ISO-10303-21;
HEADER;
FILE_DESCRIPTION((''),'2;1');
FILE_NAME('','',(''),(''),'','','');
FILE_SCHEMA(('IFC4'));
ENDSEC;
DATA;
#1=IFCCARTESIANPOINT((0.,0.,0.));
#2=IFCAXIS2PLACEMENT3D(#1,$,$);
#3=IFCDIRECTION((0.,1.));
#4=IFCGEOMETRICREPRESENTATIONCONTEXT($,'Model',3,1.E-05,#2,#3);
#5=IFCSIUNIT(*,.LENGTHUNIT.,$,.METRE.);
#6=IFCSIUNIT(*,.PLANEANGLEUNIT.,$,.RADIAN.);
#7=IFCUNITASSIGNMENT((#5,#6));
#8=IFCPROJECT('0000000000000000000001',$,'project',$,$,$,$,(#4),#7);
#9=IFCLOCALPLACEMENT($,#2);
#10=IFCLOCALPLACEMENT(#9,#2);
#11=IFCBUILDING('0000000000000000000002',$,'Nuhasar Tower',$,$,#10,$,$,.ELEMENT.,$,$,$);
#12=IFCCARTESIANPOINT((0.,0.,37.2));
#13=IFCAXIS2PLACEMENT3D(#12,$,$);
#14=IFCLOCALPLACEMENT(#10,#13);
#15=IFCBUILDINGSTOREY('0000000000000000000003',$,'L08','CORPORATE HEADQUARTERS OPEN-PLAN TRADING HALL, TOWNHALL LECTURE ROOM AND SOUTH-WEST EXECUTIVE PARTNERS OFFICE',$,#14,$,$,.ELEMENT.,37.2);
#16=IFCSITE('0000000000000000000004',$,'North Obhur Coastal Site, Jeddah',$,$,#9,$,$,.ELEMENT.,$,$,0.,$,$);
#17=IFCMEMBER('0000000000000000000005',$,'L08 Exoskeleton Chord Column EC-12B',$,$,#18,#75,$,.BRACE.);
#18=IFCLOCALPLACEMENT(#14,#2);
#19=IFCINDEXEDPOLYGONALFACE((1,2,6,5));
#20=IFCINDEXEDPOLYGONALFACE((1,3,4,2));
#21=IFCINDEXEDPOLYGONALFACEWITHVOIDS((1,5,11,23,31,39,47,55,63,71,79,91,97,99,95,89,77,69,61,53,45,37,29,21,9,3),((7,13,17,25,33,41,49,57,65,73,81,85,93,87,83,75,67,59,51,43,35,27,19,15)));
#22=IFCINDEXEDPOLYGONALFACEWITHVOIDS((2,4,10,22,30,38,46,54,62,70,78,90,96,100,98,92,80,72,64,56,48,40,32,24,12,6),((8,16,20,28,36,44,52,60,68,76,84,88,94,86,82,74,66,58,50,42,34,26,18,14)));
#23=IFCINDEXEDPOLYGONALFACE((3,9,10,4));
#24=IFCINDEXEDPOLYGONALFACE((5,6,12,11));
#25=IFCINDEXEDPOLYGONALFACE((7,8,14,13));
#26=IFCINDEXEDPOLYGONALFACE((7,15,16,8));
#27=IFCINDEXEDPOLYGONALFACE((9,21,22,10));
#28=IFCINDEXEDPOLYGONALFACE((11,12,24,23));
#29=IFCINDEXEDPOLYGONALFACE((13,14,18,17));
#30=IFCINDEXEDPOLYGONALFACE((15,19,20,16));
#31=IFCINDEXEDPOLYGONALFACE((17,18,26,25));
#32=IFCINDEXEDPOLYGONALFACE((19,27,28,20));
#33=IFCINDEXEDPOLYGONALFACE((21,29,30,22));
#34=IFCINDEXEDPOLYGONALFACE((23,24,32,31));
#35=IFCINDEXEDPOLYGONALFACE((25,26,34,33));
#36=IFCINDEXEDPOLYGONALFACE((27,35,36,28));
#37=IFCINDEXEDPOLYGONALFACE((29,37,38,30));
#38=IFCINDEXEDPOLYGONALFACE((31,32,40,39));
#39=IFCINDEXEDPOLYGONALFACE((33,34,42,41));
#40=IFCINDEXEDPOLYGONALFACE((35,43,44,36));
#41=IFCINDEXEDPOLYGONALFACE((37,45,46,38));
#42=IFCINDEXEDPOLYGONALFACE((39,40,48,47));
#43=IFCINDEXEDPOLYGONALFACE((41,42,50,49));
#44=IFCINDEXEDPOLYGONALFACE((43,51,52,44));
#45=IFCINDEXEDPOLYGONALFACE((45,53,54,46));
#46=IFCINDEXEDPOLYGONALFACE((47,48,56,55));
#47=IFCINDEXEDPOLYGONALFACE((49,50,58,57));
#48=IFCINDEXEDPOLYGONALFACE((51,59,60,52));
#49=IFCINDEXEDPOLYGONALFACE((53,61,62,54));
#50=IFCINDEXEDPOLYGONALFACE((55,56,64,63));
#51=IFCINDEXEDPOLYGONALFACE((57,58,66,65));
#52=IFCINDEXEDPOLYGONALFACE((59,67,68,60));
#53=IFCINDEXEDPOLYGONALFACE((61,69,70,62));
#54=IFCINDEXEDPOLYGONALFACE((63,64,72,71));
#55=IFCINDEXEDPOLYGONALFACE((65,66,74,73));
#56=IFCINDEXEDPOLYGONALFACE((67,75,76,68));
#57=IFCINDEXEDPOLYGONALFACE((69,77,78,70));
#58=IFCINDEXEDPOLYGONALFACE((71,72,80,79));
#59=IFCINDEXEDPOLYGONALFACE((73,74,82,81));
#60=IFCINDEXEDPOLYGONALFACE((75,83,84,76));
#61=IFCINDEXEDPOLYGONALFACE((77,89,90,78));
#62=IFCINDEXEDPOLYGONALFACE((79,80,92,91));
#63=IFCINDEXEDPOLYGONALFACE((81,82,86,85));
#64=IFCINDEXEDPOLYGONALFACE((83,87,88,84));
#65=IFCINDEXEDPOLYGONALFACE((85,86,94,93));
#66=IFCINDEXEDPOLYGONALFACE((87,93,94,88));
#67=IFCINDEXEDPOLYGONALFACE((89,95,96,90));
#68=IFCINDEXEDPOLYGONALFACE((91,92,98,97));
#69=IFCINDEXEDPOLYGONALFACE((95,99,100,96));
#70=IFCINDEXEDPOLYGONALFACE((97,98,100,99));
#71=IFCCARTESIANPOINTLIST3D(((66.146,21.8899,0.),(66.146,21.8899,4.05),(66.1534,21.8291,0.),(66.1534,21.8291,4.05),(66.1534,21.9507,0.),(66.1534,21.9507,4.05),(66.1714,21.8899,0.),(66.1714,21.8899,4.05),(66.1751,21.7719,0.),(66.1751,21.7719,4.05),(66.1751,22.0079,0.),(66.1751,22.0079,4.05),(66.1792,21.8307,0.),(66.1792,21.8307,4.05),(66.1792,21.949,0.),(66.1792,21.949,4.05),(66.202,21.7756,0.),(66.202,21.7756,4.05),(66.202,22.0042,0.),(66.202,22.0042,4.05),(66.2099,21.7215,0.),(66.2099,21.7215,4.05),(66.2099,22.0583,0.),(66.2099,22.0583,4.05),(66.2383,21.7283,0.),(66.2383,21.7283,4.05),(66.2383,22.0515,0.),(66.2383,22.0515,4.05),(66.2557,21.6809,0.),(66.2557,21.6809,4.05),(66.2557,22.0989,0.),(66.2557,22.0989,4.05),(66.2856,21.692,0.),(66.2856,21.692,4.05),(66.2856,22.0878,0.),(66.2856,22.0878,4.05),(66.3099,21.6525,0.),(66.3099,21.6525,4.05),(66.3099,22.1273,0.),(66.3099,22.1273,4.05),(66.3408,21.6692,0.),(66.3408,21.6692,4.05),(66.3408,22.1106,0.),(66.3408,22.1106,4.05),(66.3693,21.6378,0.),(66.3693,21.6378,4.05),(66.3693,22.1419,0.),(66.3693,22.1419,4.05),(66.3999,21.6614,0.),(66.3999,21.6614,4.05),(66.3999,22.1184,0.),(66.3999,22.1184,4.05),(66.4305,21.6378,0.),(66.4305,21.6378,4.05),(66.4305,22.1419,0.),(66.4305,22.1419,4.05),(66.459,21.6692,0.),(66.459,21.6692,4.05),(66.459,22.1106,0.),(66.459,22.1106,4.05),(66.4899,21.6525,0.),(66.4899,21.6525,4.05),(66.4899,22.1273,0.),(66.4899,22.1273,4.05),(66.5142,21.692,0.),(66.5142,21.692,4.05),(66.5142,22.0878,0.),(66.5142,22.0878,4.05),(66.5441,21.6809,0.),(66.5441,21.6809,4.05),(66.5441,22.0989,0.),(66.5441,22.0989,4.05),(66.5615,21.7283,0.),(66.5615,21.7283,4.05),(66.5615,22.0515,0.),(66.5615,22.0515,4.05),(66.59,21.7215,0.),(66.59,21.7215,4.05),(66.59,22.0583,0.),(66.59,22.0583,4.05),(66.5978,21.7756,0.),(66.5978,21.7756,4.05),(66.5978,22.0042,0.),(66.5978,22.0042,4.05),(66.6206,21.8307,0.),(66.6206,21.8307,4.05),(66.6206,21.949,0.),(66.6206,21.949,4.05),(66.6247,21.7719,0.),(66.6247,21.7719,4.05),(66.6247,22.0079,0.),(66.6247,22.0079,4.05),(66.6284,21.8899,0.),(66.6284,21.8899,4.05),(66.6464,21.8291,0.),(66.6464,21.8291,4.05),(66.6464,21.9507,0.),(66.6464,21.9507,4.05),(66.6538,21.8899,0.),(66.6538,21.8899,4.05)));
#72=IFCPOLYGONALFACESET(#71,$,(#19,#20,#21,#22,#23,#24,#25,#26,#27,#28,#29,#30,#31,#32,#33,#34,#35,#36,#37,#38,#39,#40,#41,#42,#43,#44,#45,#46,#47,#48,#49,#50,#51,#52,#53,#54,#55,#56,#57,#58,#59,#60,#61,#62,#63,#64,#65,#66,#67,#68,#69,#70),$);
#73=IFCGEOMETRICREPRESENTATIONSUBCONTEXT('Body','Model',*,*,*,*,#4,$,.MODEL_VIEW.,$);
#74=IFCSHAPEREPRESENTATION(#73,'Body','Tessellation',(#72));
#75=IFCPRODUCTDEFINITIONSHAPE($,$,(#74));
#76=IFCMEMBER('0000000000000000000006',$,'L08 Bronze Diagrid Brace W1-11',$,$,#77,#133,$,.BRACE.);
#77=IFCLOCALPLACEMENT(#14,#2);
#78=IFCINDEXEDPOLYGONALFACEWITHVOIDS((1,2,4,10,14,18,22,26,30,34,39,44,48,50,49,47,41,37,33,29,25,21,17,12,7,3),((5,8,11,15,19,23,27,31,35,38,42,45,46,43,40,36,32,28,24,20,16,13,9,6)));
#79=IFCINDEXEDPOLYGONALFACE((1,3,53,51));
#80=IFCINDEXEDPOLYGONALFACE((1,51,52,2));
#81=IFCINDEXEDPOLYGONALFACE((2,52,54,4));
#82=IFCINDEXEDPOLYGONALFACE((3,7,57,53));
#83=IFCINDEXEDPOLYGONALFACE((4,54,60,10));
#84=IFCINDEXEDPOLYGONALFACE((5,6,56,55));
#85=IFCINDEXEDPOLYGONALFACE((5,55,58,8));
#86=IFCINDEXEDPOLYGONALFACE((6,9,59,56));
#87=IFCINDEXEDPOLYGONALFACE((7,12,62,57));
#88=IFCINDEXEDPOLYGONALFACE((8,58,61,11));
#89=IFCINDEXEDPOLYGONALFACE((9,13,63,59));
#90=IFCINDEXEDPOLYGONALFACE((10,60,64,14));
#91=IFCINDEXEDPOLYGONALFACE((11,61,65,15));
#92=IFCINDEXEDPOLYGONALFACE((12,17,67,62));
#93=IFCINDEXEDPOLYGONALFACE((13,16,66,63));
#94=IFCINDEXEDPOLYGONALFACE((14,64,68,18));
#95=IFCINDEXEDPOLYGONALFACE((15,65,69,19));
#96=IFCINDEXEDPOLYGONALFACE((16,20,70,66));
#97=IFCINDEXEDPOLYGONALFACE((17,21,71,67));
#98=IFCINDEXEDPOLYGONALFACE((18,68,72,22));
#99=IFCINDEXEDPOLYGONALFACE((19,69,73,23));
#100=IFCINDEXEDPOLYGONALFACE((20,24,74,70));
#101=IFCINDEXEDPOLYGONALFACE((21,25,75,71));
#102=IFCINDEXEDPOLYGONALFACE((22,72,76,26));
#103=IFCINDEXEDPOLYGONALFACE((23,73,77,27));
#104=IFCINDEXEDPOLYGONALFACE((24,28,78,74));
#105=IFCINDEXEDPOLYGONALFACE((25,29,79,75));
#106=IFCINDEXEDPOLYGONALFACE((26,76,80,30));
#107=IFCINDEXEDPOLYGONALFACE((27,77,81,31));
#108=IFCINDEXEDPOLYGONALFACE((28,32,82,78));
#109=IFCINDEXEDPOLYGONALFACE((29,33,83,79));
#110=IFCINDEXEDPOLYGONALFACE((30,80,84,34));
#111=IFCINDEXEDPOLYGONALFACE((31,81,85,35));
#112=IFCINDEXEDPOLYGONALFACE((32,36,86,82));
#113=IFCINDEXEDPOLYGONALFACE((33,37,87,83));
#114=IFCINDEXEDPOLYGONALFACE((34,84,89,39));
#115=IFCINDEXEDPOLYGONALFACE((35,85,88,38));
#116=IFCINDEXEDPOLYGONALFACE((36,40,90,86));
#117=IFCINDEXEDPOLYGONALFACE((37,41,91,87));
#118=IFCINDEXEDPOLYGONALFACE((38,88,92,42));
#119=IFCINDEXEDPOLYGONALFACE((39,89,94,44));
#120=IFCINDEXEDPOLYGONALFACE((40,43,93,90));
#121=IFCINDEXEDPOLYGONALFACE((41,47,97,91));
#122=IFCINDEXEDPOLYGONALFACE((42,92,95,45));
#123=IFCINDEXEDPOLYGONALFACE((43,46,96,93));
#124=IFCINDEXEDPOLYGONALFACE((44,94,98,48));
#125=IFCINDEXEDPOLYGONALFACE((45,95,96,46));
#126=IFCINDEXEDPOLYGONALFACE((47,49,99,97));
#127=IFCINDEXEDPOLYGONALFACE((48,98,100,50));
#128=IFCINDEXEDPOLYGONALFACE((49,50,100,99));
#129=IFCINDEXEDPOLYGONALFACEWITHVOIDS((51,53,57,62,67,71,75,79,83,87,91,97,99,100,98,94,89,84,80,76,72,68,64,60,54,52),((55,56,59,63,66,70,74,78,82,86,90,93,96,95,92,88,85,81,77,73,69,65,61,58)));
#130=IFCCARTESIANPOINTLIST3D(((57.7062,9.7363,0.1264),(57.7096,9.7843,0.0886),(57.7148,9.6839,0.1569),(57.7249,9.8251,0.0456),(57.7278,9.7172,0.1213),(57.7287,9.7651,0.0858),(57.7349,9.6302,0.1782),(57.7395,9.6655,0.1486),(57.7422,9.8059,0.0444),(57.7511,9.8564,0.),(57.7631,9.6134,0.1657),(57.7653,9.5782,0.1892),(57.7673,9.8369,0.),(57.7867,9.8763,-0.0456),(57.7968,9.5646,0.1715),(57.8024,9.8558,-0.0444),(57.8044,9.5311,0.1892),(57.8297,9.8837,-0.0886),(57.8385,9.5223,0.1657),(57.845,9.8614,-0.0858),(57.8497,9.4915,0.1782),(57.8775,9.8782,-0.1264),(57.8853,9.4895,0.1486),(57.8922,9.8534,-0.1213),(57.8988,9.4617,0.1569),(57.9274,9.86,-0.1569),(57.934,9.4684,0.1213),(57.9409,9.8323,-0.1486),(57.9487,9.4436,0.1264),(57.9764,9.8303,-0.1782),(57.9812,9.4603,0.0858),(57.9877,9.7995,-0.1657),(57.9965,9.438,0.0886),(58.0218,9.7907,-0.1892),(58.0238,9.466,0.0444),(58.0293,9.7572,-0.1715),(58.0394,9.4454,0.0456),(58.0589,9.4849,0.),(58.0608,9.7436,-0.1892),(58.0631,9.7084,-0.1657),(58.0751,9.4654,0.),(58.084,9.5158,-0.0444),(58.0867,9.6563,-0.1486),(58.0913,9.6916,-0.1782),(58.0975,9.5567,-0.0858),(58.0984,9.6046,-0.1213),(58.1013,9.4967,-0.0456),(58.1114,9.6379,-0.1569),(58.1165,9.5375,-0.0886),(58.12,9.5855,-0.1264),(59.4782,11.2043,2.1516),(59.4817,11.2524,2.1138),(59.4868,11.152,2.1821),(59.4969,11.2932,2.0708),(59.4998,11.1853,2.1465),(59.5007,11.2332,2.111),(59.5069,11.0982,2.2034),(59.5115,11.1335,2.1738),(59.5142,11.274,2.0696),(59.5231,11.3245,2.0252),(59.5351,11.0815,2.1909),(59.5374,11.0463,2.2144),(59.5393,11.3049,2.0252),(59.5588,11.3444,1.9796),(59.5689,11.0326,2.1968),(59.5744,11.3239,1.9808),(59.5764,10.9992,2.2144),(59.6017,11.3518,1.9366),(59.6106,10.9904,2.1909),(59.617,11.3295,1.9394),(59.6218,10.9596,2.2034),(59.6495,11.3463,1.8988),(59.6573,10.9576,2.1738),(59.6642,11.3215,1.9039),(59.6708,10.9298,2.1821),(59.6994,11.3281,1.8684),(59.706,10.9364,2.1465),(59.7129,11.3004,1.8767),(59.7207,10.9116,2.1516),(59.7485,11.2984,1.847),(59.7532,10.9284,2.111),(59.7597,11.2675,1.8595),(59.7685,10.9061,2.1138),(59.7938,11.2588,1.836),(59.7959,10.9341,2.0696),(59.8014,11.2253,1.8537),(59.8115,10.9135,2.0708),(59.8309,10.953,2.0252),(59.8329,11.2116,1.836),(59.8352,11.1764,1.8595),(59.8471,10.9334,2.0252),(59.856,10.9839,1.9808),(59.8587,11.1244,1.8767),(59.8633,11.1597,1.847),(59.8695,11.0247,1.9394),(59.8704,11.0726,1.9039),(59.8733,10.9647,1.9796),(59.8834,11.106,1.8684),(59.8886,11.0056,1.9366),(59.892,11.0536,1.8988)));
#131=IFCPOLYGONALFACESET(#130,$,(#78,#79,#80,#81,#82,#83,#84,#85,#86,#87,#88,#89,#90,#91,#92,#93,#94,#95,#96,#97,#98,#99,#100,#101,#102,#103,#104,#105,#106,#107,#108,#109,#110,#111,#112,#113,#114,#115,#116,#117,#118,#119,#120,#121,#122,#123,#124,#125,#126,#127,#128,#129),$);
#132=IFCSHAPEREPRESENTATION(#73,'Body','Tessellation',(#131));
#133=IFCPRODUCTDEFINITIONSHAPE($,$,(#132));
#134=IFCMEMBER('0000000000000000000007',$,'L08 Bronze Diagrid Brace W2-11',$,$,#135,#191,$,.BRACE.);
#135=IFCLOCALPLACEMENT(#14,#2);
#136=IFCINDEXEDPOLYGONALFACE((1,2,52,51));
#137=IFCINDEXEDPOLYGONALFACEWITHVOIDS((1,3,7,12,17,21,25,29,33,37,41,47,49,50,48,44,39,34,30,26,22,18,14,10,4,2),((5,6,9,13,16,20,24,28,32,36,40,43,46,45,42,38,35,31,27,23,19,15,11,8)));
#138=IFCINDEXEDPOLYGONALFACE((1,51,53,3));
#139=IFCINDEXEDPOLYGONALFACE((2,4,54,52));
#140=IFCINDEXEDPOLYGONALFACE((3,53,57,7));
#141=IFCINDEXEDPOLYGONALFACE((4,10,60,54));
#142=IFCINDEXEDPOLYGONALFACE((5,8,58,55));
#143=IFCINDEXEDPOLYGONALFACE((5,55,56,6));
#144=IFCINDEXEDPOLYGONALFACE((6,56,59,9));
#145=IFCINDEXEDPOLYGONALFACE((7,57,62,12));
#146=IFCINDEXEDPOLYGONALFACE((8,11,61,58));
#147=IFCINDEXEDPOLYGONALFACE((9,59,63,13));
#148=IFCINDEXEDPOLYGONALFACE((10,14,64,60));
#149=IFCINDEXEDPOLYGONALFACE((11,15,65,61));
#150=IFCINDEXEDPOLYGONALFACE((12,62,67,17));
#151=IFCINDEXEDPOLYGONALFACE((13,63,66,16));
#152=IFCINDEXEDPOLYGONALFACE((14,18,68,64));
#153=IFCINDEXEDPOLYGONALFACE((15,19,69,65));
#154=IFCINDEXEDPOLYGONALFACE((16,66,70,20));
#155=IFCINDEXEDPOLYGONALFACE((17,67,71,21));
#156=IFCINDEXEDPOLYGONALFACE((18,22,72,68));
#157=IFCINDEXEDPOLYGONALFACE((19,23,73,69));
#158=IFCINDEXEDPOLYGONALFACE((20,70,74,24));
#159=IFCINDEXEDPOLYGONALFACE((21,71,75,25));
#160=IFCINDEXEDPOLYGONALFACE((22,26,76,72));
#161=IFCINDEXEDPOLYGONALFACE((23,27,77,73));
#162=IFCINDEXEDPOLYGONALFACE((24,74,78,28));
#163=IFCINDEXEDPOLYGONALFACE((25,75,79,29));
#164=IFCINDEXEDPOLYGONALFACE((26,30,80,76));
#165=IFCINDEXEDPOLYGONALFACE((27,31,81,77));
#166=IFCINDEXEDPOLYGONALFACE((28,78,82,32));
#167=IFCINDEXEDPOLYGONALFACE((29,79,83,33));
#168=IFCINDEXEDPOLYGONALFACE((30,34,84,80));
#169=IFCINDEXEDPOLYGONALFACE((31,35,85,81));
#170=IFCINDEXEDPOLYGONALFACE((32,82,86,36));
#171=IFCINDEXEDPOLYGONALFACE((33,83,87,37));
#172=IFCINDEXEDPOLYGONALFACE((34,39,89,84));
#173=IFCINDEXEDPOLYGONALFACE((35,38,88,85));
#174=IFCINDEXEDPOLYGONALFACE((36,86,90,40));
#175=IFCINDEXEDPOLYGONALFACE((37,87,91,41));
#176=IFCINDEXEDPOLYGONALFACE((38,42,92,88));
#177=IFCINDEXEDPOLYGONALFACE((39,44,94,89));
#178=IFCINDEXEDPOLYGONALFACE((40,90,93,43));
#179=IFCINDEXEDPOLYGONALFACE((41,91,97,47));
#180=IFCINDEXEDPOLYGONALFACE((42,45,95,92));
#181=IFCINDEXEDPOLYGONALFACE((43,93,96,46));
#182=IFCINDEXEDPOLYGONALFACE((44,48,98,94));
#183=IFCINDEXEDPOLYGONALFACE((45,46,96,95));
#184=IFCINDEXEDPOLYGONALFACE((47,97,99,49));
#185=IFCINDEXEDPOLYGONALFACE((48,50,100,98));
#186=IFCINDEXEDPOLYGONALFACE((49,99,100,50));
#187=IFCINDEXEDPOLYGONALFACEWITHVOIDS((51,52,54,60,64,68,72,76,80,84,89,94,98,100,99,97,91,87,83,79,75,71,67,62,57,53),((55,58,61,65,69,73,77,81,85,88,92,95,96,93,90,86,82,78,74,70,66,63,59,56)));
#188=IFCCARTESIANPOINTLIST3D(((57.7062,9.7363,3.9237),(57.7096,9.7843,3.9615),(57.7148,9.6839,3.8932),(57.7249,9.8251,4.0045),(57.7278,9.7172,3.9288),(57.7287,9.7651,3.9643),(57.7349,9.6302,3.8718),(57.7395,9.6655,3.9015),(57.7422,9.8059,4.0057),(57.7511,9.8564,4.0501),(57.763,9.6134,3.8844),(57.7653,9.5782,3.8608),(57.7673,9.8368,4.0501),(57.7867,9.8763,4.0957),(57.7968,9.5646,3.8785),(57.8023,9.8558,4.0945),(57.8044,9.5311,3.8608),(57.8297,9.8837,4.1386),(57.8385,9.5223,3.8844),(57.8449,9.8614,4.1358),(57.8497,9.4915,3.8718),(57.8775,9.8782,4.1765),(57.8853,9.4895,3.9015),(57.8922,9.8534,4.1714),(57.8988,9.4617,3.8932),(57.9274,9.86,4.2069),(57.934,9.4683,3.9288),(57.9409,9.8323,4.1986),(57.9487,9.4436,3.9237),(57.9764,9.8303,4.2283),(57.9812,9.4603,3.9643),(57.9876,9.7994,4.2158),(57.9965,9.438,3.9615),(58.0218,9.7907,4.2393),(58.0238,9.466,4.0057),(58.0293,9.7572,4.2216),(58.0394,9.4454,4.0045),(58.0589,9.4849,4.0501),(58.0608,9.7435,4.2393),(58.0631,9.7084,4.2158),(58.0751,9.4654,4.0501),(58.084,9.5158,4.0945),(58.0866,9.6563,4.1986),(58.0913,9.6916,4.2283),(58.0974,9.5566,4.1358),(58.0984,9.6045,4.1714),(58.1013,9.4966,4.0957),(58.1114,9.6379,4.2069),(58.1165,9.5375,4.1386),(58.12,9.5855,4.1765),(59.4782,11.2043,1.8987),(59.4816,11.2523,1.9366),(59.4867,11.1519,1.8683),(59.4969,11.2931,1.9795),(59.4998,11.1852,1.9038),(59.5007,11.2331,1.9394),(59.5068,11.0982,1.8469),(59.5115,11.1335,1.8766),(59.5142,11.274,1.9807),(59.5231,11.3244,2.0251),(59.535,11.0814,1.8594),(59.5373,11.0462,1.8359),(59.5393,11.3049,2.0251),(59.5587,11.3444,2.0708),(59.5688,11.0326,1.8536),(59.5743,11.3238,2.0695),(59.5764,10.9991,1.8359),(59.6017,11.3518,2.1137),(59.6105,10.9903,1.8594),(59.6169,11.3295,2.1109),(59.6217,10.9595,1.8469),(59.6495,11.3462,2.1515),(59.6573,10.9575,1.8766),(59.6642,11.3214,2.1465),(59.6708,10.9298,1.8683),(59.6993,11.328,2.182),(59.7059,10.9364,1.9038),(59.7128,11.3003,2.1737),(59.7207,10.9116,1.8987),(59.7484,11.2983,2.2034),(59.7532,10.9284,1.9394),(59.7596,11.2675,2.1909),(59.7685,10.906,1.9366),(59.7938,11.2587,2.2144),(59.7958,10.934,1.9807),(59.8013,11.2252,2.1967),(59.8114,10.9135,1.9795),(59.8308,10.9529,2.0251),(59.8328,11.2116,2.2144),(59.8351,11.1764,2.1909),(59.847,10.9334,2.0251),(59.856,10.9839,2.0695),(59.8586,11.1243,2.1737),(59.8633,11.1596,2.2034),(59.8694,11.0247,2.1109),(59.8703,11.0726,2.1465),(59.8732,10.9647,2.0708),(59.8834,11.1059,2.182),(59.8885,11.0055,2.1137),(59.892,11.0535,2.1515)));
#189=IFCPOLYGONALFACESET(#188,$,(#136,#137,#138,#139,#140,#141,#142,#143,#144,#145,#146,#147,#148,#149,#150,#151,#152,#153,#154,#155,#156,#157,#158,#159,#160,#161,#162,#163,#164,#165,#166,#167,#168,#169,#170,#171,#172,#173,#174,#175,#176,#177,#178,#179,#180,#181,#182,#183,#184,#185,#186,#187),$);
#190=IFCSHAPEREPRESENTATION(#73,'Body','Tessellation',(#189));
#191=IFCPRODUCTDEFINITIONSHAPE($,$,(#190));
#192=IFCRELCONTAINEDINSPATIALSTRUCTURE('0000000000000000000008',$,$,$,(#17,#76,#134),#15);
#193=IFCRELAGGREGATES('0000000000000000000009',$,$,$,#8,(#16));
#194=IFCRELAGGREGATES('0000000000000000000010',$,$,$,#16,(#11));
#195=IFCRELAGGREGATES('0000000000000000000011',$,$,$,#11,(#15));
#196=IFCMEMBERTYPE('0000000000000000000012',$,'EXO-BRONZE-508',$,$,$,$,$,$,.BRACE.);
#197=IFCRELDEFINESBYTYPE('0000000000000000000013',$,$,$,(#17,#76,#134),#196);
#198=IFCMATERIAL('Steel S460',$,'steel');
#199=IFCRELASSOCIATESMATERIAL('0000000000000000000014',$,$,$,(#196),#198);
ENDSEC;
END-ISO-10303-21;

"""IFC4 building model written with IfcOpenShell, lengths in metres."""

from ifc_helpers import new_model, si_unit, direction, frame, origin, origin_2d, place, context, subcontext, project, spatial, hollow_circle, extrude, material, material_profile, profile_set, type_object, element, save


model = new_model("IFC4")

# Units and contexts
model_context = context("Model", 3, precision=1e-05, world=origin(), true_north=direction((0.0, 1.0)))
body_context = subcontext(model_context, "Body", "Model", "MODEL_VIEW")
ifc_project = project(units=[si_unit("LENGTHUNIT", "METRE"), si_unit("PLANEANGLEUNIT", "RADIAN")], contexts=[model_context])

# Site, building, storey
site_placement = place(None, origin())
site = spatial("IfcSite", under=ifc_project, at=site_placement, Name="North Obhur Coastal Site, Jeddah", CompositionType="ELEMENT", RefElevation=0.0)
building_placement = place(site_placement, origin())
building = spatial("IfcBuilding", under=site, at=building_placement, Name="Nuhasar Tower", CompositionType="ELEMENT")
storey_placement = place(building_placement, frame((0.0, 0.0, 37.2)))
storey = spatial("IfcBuildingStorey", under=building, at=storey_placement, Name="L08", Description="CORPORATE HEADQUARTERS OPEN-PLAN TRADING HALL, TOWNHALL LECTURE ROOM AND SOUTH-WEST EXECUTIVE PARTNERS OFFICE", CompositionType="ELEMENT", Elevation=37.2)

# Members
ifc_material_1 = material(Name="Steel S460", Category="steel")
ifc_material_profile_1 = material_profile(ifc_material_1, hollow_circle(Radius=0.2539, WallThickness=0.0254, at=origin_2d()), Name="HSS508X25.4")
ifc_profile_set_1 = profile_set([ifc_material_profile_1], Name="Steel S460")
member_type_1 = type_object("IfcMemberType", Name="EXO-BRONZE-508", PredefinedType="BRACE", material=ifc_profile_set_1)
for number, where, z_axis, x_axis, name in (
    (1, (66.3999, 21.8899, 0.0), (0.0, 0.0, 1.0), (1.0, 0.0, 0.0), "L08 Exoskeleton Chord Column EC-12B"),
):
    element("IfcMember", number, at=place(storey_placement, frame(where, z_axis=z_axis, x_axis=x_axis)), inside=storey, type_object=member_type_1, Name=name, PredefinedType="BRACE", context=body_context, shape_type="SweptSolid", body=[
        extrude(hollow_circle(Radius=0.2539, WallThickness=0.0254, at=origin_2d()), origin(), (0.0, 0.0, 1.0), 4.05),
    ])
member_1_placement = place(storey_placement, frame((57.9131, 9.6609, 0.0), z_axis=(0.578071, 0.478912, 0.660664), x_axis=(-0.637969, 0.770062, 0.0)))
element("IfcMember", 2, at=member_1_placement, inside=storey, type_object=member_type_1, Name="L08 Bronze Diagrid Brace W1-11", PredefinedType="BRACE", context=body_context, shape_type="SweptSolid", body=[
    extrude(hollow_circle(Radius=0.2539, WallThickness=0.0254, at=origin_2d()), origin(), (0.0, 0.0, 1.0), 3.0654),
])
member_2_placement = place(storey_placement, frame((59.6851, 11.1289, 2.0251), z_axis=(-0.578102, -0.478937, 0.660619), x_axis=(0.637969, -0.770062, 0.0)))
element("IfcMember", 3, at=member_2_placement, inside=storey, type_object=member_type_1, Name="L08 Bronze Diagrid Brace W2-11", PredefinedType="BRACE", context=body_context, shape_type="SweptSolid", body=[
    extrude(hollow_circle(Radius=0.2539, WallThickness=0.0254, at=origin_2d()), origin(), (0.0, 0.0, 1.0), 3.0652),
])

save(model, "model.ifc")
